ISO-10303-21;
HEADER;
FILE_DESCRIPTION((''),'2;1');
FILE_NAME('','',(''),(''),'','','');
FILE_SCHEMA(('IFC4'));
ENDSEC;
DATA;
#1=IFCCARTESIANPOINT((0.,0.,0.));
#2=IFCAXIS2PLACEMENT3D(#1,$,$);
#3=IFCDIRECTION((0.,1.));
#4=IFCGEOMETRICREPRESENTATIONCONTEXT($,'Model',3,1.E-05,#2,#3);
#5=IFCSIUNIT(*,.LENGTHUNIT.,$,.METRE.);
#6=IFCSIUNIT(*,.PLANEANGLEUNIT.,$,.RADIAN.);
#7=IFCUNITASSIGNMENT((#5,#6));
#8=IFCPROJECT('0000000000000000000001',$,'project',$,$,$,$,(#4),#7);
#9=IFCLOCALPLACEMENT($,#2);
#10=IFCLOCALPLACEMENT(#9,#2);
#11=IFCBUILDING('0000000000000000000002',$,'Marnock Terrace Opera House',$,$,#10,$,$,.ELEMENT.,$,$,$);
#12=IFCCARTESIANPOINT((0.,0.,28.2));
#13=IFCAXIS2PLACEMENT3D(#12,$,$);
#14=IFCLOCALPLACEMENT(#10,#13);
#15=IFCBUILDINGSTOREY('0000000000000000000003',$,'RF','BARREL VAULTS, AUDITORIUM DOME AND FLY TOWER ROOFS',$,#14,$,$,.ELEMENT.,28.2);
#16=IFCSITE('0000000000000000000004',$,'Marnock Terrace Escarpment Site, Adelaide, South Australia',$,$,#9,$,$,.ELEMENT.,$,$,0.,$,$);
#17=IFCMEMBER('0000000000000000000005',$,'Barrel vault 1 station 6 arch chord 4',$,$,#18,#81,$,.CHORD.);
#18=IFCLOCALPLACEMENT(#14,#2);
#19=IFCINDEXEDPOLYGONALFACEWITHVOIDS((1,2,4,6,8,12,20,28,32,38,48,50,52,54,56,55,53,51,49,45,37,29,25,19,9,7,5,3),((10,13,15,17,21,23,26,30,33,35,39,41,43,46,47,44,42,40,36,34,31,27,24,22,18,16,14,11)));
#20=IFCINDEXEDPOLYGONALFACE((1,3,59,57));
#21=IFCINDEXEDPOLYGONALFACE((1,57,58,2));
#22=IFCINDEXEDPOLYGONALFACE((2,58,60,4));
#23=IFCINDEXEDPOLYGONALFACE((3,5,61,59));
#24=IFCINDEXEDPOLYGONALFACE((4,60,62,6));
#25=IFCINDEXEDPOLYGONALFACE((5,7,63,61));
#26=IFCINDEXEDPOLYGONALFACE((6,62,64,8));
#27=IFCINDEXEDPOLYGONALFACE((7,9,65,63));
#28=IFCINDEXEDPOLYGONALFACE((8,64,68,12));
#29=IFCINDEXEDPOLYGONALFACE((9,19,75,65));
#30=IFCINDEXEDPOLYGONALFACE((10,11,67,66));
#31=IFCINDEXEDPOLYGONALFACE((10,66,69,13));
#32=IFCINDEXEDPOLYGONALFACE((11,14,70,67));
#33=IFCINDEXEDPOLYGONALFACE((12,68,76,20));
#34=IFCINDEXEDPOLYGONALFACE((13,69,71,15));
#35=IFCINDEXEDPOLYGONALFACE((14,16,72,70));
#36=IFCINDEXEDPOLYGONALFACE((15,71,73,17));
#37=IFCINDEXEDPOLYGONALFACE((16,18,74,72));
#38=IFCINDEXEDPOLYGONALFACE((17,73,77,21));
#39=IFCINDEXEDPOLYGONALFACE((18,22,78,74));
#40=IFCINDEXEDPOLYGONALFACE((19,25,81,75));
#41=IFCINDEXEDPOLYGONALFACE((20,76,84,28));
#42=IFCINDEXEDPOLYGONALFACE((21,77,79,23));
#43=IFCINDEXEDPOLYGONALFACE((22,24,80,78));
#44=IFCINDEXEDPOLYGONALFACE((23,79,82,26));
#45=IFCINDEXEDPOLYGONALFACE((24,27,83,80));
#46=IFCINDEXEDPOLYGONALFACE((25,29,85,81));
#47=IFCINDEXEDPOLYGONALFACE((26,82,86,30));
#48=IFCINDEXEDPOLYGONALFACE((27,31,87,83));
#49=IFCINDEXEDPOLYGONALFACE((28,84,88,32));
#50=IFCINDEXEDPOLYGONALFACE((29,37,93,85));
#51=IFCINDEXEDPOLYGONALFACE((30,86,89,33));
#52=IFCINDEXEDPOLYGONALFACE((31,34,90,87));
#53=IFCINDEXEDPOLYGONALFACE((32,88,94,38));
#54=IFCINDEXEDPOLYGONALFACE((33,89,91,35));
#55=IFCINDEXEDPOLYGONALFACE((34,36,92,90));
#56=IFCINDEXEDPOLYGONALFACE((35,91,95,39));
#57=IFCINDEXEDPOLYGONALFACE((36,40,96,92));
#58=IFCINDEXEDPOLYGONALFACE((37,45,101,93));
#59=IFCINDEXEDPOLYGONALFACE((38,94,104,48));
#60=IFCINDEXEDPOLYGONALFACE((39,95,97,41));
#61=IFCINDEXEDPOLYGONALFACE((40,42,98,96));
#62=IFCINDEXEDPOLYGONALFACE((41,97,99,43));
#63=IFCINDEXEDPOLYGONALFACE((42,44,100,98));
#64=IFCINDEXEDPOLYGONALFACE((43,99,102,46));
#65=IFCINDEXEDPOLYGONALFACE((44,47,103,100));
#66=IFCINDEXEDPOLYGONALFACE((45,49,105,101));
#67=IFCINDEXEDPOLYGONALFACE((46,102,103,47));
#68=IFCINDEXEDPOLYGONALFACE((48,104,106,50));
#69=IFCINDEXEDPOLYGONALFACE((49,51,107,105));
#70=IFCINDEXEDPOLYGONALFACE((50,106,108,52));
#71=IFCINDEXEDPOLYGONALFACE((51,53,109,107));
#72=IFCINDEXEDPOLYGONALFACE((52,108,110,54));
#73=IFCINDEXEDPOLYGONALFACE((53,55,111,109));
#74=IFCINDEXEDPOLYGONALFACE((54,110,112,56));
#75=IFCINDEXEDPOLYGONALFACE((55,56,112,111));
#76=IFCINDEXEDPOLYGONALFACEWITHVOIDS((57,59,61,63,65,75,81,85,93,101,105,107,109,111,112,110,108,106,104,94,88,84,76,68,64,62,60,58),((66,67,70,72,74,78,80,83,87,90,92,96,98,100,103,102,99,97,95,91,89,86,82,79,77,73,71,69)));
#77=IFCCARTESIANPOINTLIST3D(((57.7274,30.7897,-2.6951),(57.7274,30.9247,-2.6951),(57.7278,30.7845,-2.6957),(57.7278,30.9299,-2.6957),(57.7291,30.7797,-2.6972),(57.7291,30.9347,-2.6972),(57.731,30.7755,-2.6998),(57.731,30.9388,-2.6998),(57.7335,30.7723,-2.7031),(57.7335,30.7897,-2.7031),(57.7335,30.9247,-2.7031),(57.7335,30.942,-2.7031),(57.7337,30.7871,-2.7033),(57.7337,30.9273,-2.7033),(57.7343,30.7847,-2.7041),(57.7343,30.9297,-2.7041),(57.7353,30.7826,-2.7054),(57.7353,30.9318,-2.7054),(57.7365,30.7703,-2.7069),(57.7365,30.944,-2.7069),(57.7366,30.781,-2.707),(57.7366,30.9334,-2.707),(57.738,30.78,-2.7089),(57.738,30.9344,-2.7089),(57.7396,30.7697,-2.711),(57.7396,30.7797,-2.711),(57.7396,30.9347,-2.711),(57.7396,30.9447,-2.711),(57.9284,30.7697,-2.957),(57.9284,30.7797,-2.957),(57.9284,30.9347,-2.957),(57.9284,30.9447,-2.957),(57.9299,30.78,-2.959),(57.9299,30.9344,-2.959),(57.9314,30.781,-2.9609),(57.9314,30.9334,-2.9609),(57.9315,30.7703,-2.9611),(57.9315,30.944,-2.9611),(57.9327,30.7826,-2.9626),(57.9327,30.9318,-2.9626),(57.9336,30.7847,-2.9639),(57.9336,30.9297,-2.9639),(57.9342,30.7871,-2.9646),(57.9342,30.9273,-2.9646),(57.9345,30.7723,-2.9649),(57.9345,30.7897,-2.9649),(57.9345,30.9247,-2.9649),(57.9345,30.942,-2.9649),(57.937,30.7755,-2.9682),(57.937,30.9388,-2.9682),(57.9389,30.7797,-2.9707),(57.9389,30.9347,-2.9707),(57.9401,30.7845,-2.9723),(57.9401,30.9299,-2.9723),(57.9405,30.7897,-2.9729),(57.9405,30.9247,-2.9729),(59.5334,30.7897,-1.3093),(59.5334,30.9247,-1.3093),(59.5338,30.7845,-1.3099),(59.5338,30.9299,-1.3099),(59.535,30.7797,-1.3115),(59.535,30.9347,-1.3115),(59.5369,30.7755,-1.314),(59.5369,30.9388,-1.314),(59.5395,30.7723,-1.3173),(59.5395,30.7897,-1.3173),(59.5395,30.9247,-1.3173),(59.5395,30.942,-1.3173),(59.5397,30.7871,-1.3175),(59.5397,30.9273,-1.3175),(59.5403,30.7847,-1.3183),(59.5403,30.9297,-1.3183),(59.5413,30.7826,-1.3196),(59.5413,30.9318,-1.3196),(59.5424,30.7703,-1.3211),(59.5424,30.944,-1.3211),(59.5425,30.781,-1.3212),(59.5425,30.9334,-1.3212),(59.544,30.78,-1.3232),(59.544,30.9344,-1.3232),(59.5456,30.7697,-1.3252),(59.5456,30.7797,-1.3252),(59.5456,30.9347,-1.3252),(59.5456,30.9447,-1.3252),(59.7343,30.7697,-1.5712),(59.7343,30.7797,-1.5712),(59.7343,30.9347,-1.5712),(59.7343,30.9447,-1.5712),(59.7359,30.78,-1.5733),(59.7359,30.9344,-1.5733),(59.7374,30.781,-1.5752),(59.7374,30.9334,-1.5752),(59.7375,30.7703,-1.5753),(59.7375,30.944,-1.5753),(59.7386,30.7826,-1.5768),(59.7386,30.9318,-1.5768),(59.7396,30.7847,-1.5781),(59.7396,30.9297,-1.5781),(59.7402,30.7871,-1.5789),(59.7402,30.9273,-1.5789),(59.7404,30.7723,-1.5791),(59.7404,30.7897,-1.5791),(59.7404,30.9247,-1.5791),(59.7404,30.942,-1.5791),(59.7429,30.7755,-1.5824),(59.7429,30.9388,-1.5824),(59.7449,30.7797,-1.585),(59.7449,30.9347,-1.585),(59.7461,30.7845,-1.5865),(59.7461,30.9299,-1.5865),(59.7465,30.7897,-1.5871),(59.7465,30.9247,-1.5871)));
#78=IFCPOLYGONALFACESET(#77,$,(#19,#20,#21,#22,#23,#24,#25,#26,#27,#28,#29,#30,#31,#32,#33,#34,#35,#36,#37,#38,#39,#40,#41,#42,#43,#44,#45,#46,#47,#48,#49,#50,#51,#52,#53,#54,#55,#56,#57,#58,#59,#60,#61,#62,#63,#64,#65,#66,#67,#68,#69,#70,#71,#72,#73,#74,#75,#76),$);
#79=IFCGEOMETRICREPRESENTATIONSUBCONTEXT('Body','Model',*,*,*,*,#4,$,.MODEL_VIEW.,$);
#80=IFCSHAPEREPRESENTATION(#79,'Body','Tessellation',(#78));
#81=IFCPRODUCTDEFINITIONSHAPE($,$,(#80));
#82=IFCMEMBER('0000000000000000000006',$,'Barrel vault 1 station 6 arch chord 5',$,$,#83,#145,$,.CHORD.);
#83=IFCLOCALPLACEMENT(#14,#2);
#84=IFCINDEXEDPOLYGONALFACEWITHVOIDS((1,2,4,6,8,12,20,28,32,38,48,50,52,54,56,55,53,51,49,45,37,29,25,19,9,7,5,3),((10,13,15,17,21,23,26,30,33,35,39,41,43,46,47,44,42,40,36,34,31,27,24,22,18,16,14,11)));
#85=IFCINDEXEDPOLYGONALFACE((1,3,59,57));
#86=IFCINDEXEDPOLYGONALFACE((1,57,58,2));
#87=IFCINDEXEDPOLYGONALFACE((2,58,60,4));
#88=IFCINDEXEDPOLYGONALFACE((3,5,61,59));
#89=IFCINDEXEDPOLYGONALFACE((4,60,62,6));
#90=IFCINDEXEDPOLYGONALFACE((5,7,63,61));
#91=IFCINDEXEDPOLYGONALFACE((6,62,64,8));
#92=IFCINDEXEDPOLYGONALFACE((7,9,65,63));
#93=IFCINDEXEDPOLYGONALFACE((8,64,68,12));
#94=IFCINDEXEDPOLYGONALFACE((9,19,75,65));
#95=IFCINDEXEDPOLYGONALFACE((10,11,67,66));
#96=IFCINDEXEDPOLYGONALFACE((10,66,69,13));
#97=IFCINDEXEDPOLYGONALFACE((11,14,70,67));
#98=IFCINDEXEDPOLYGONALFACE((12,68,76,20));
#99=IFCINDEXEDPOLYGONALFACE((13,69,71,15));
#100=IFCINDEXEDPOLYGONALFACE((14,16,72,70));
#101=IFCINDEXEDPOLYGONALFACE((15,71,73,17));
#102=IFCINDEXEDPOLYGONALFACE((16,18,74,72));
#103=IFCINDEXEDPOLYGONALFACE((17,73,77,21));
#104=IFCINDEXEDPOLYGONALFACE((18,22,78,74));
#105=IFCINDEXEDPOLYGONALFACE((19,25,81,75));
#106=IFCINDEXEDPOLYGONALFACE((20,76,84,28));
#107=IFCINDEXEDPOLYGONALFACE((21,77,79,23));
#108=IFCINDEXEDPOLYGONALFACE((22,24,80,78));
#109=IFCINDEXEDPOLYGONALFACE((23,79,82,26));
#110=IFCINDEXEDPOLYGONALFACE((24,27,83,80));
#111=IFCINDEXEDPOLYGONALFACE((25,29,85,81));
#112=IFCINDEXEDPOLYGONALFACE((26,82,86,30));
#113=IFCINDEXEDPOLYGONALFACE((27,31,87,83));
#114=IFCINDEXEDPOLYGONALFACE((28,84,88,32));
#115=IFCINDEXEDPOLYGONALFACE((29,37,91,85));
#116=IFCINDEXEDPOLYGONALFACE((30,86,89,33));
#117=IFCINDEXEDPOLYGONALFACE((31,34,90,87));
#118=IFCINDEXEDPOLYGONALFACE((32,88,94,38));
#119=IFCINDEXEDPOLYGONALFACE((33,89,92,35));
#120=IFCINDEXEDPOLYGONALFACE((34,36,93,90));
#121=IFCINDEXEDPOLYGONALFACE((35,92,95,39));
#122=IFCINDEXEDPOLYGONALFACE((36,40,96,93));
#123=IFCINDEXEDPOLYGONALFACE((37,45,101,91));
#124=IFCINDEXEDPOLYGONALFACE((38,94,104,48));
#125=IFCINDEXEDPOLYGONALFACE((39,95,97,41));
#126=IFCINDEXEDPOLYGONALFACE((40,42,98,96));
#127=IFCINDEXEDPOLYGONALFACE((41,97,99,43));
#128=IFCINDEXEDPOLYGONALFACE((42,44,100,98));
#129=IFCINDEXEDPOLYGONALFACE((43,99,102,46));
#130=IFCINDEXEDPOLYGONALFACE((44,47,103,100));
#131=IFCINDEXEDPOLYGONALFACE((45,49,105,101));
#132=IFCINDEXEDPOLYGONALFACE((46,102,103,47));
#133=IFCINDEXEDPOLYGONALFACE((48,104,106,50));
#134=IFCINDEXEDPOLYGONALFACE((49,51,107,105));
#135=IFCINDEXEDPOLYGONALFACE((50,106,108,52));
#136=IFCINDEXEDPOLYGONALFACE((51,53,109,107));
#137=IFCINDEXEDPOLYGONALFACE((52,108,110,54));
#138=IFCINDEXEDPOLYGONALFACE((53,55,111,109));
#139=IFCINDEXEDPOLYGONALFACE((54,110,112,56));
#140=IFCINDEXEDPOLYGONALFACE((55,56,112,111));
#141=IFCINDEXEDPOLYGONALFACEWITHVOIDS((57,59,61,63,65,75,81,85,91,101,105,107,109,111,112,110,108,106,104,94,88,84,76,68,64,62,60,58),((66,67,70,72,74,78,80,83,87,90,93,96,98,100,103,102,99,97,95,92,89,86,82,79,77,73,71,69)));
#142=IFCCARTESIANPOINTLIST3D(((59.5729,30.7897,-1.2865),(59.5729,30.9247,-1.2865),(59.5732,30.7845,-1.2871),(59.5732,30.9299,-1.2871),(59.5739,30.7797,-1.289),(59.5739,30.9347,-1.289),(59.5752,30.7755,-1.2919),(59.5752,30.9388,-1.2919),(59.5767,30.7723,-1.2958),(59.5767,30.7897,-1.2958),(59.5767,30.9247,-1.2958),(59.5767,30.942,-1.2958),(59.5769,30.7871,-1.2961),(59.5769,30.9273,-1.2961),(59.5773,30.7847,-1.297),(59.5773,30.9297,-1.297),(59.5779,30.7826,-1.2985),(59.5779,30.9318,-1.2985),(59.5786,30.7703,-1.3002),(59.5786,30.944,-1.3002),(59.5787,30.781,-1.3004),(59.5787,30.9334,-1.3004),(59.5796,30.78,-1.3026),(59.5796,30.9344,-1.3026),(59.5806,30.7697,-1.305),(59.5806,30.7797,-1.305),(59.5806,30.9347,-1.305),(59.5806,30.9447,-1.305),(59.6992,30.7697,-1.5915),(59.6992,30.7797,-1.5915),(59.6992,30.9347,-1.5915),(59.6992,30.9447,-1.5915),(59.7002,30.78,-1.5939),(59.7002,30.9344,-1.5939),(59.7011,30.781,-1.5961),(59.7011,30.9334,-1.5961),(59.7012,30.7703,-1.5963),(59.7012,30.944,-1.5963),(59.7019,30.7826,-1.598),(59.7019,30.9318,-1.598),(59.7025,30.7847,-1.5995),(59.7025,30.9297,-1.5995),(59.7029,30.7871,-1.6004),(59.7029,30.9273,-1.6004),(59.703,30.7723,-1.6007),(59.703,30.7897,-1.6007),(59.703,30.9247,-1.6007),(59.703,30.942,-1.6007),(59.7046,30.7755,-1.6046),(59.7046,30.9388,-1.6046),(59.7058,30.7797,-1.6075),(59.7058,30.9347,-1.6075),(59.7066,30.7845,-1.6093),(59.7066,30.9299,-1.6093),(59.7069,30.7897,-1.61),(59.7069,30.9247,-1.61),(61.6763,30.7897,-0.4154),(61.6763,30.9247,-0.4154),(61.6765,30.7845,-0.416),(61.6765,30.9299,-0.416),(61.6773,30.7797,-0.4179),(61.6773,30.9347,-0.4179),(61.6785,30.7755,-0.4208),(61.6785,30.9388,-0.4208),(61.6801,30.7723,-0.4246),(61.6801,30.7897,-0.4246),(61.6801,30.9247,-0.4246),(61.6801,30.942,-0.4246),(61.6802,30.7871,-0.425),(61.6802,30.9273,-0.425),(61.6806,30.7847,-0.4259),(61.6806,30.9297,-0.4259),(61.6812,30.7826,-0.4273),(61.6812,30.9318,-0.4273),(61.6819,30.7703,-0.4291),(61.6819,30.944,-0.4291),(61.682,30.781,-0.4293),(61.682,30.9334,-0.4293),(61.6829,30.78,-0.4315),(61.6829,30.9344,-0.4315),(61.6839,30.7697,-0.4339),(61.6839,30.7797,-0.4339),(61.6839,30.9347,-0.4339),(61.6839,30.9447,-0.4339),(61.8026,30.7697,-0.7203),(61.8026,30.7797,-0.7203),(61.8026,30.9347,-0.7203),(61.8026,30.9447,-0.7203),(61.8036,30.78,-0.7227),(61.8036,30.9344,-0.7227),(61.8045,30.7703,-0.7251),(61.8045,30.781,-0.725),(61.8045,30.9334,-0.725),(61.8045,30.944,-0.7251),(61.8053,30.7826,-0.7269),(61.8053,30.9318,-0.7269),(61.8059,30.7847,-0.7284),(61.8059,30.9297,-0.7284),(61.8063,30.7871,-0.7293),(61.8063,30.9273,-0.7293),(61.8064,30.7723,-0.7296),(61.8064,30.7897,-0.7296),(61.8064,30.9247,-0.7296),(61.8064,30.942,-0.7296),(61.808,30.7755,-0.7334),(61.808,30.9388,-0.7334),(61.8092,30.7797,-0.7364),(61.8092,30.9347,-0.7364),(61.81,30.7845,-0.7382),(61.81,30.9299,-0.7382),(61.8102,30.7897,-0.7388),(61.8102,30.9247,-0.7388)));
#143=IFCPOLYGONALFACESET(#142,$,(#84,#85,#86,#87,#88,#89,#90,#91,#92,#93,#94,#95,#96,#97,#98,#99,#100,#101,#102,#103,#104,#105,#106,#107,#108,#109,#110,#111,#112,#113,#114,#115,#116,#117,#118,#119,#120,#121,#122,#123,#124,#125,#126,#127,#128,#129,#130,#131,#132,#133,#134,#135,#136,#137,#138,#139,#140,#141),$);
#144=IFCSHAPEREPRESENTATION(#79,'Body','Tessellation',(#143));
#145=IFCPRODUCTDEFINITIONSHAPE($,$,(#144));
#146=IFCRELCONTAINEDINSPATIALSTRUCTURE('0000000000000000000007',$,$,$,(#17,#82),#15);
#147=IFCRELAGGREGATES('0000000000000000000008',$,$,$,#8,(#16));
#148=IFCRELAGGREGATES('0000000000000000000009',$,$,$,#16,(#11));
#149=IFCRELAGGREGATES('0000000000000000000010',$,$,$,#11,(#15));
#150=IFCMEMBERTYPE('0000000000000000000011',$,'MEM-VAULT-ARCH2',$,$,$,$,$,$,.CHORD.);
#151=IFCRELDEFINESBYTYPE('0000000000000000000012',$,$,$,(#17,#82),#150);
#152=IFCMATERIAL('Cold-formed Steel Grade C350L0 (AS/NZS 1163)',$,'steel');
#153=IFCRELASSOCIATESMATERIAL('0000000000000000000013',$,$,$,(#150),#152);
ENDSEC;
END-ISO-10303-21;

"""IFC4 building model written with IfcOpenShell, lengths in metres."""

from ifc_helpers import new_model, si_unit, direction, frame, origin, origin_2d, place, context, subcontext, project, spatial, hollow_rectangle, extrude, material, material_profile, profile_set, type_object, element, save


model = new_model("IFC4")

# Units and contexts
model_context = context("Model", 3, precision=1e-05, world=origin(), true_north=direction((0.0, 1.0)))
body_context = subcontext(model_context, "Body", "Model", "MODEL_VIEW")
ifc_project = project(units=[si_unit("LENGTHUNIT", "METRE"), si_unit("PLANEANGLEUNIT", "RADIAN")], contexts=[model_context])

# Site, building, storey
site_placement = place(None, origin())
site = spatial("IfcSite", under=ifc_project, at=site_placement, Name="Marnock Terrace Escarpment Site, Adelaide, South Australia", CompositionType="ELEMENT", RefElevation=0.0)
building_placement = place(site_placement, origin())
building = spatial("IfcBuilding", under=site, at=building_placement, Name="Marnock Terrace Opera House", CompositionType="ELEMENT")
storey_placement = place(building_placement, frame((0.0, 0.0, 28.2)))
storey = spatial("IfcBuildingStorey", under=building, at=storey_placement, Name="RF", Description="BARREL VAULTS, AUDITORIUM DOME AND FLY TOWER ROOFS", CompositionType="ELEMENT", Elevation=28.2)

# Members
ifc_material_1 = material(Name="Cold-formed Steel Grade C350L0 (AS/NZS 1163)", Category="steel")
ifc_material_profile_1 = material_profile(ifc_material_1, hollow_rectangle(XDim=0.175, YDim=0.3501, WallThickness=0.01, InnerFilletRadius=0.01, OuterFilletRadius=0.02, at=origin_2d()))
ifc_profile_set_1 = profile_set([ifc_material_profile_1], Name="Cold-formed Steel Grade C350L0 (AS/NZS 1163)")
member_type_1 = type_object("IfcMemberType", Name="MEM-VAULT-ARCH2", PredefinedType="CHORD", material=ifc_profile_set_1)
for number, where, z_axis, x_axis, name in (
    (1, (57.834, 30.8572, -2.834), (0.793349, 0.0, 0.608767), (0.0, 1.0, 0.0), "Barrel vault 1 station 6 arch chord 4"),
):
    element("IfcMember", number, at=place(storey_placement, frame(where, z_axis=z_axis, x_axis=x_axis)), inside=storey, type_object=member_type_1, Name=name, PredefinedType="CHORD", context=body_context, shape_type="SweptSolid", body=[
        extrude(hollow_rectangle(XDim=0.175, YDim=0.3501, WallThickness=0.01, InnerFilletRadius=0.01, OuterFilletRadius=0.02, at=origin_2d()), origin(), (0.0, 0.0, 1.0), 2.2764),
    ])
member_1_placement = place(storey_placement, frame((59.6399, 30.8572, -1.4482), z_axis=(0.923897, 0.0, 0.382642), x_axis=(0.0, 1.0, 0.0)))
element("IfcMember", 2, at=member_1_placement, inside=storey, type_object=member_type_1, Name="Barrel vault 1 station 6 arch chord 5", PredefinedType="CHORD", context=body_context, shape_type="SweptSolid", body=[
    extrude(hollow_rectangle(XDim=0.175, YDim=0.3501, WallThickness=0.01, InnerFilletRadius=0.01, OuterFilletRadius=0.02, at=origin_2d()), origin(), (0.0, 0.0, 1.0), 2.2766),
])

save(model, "model.ifc")
